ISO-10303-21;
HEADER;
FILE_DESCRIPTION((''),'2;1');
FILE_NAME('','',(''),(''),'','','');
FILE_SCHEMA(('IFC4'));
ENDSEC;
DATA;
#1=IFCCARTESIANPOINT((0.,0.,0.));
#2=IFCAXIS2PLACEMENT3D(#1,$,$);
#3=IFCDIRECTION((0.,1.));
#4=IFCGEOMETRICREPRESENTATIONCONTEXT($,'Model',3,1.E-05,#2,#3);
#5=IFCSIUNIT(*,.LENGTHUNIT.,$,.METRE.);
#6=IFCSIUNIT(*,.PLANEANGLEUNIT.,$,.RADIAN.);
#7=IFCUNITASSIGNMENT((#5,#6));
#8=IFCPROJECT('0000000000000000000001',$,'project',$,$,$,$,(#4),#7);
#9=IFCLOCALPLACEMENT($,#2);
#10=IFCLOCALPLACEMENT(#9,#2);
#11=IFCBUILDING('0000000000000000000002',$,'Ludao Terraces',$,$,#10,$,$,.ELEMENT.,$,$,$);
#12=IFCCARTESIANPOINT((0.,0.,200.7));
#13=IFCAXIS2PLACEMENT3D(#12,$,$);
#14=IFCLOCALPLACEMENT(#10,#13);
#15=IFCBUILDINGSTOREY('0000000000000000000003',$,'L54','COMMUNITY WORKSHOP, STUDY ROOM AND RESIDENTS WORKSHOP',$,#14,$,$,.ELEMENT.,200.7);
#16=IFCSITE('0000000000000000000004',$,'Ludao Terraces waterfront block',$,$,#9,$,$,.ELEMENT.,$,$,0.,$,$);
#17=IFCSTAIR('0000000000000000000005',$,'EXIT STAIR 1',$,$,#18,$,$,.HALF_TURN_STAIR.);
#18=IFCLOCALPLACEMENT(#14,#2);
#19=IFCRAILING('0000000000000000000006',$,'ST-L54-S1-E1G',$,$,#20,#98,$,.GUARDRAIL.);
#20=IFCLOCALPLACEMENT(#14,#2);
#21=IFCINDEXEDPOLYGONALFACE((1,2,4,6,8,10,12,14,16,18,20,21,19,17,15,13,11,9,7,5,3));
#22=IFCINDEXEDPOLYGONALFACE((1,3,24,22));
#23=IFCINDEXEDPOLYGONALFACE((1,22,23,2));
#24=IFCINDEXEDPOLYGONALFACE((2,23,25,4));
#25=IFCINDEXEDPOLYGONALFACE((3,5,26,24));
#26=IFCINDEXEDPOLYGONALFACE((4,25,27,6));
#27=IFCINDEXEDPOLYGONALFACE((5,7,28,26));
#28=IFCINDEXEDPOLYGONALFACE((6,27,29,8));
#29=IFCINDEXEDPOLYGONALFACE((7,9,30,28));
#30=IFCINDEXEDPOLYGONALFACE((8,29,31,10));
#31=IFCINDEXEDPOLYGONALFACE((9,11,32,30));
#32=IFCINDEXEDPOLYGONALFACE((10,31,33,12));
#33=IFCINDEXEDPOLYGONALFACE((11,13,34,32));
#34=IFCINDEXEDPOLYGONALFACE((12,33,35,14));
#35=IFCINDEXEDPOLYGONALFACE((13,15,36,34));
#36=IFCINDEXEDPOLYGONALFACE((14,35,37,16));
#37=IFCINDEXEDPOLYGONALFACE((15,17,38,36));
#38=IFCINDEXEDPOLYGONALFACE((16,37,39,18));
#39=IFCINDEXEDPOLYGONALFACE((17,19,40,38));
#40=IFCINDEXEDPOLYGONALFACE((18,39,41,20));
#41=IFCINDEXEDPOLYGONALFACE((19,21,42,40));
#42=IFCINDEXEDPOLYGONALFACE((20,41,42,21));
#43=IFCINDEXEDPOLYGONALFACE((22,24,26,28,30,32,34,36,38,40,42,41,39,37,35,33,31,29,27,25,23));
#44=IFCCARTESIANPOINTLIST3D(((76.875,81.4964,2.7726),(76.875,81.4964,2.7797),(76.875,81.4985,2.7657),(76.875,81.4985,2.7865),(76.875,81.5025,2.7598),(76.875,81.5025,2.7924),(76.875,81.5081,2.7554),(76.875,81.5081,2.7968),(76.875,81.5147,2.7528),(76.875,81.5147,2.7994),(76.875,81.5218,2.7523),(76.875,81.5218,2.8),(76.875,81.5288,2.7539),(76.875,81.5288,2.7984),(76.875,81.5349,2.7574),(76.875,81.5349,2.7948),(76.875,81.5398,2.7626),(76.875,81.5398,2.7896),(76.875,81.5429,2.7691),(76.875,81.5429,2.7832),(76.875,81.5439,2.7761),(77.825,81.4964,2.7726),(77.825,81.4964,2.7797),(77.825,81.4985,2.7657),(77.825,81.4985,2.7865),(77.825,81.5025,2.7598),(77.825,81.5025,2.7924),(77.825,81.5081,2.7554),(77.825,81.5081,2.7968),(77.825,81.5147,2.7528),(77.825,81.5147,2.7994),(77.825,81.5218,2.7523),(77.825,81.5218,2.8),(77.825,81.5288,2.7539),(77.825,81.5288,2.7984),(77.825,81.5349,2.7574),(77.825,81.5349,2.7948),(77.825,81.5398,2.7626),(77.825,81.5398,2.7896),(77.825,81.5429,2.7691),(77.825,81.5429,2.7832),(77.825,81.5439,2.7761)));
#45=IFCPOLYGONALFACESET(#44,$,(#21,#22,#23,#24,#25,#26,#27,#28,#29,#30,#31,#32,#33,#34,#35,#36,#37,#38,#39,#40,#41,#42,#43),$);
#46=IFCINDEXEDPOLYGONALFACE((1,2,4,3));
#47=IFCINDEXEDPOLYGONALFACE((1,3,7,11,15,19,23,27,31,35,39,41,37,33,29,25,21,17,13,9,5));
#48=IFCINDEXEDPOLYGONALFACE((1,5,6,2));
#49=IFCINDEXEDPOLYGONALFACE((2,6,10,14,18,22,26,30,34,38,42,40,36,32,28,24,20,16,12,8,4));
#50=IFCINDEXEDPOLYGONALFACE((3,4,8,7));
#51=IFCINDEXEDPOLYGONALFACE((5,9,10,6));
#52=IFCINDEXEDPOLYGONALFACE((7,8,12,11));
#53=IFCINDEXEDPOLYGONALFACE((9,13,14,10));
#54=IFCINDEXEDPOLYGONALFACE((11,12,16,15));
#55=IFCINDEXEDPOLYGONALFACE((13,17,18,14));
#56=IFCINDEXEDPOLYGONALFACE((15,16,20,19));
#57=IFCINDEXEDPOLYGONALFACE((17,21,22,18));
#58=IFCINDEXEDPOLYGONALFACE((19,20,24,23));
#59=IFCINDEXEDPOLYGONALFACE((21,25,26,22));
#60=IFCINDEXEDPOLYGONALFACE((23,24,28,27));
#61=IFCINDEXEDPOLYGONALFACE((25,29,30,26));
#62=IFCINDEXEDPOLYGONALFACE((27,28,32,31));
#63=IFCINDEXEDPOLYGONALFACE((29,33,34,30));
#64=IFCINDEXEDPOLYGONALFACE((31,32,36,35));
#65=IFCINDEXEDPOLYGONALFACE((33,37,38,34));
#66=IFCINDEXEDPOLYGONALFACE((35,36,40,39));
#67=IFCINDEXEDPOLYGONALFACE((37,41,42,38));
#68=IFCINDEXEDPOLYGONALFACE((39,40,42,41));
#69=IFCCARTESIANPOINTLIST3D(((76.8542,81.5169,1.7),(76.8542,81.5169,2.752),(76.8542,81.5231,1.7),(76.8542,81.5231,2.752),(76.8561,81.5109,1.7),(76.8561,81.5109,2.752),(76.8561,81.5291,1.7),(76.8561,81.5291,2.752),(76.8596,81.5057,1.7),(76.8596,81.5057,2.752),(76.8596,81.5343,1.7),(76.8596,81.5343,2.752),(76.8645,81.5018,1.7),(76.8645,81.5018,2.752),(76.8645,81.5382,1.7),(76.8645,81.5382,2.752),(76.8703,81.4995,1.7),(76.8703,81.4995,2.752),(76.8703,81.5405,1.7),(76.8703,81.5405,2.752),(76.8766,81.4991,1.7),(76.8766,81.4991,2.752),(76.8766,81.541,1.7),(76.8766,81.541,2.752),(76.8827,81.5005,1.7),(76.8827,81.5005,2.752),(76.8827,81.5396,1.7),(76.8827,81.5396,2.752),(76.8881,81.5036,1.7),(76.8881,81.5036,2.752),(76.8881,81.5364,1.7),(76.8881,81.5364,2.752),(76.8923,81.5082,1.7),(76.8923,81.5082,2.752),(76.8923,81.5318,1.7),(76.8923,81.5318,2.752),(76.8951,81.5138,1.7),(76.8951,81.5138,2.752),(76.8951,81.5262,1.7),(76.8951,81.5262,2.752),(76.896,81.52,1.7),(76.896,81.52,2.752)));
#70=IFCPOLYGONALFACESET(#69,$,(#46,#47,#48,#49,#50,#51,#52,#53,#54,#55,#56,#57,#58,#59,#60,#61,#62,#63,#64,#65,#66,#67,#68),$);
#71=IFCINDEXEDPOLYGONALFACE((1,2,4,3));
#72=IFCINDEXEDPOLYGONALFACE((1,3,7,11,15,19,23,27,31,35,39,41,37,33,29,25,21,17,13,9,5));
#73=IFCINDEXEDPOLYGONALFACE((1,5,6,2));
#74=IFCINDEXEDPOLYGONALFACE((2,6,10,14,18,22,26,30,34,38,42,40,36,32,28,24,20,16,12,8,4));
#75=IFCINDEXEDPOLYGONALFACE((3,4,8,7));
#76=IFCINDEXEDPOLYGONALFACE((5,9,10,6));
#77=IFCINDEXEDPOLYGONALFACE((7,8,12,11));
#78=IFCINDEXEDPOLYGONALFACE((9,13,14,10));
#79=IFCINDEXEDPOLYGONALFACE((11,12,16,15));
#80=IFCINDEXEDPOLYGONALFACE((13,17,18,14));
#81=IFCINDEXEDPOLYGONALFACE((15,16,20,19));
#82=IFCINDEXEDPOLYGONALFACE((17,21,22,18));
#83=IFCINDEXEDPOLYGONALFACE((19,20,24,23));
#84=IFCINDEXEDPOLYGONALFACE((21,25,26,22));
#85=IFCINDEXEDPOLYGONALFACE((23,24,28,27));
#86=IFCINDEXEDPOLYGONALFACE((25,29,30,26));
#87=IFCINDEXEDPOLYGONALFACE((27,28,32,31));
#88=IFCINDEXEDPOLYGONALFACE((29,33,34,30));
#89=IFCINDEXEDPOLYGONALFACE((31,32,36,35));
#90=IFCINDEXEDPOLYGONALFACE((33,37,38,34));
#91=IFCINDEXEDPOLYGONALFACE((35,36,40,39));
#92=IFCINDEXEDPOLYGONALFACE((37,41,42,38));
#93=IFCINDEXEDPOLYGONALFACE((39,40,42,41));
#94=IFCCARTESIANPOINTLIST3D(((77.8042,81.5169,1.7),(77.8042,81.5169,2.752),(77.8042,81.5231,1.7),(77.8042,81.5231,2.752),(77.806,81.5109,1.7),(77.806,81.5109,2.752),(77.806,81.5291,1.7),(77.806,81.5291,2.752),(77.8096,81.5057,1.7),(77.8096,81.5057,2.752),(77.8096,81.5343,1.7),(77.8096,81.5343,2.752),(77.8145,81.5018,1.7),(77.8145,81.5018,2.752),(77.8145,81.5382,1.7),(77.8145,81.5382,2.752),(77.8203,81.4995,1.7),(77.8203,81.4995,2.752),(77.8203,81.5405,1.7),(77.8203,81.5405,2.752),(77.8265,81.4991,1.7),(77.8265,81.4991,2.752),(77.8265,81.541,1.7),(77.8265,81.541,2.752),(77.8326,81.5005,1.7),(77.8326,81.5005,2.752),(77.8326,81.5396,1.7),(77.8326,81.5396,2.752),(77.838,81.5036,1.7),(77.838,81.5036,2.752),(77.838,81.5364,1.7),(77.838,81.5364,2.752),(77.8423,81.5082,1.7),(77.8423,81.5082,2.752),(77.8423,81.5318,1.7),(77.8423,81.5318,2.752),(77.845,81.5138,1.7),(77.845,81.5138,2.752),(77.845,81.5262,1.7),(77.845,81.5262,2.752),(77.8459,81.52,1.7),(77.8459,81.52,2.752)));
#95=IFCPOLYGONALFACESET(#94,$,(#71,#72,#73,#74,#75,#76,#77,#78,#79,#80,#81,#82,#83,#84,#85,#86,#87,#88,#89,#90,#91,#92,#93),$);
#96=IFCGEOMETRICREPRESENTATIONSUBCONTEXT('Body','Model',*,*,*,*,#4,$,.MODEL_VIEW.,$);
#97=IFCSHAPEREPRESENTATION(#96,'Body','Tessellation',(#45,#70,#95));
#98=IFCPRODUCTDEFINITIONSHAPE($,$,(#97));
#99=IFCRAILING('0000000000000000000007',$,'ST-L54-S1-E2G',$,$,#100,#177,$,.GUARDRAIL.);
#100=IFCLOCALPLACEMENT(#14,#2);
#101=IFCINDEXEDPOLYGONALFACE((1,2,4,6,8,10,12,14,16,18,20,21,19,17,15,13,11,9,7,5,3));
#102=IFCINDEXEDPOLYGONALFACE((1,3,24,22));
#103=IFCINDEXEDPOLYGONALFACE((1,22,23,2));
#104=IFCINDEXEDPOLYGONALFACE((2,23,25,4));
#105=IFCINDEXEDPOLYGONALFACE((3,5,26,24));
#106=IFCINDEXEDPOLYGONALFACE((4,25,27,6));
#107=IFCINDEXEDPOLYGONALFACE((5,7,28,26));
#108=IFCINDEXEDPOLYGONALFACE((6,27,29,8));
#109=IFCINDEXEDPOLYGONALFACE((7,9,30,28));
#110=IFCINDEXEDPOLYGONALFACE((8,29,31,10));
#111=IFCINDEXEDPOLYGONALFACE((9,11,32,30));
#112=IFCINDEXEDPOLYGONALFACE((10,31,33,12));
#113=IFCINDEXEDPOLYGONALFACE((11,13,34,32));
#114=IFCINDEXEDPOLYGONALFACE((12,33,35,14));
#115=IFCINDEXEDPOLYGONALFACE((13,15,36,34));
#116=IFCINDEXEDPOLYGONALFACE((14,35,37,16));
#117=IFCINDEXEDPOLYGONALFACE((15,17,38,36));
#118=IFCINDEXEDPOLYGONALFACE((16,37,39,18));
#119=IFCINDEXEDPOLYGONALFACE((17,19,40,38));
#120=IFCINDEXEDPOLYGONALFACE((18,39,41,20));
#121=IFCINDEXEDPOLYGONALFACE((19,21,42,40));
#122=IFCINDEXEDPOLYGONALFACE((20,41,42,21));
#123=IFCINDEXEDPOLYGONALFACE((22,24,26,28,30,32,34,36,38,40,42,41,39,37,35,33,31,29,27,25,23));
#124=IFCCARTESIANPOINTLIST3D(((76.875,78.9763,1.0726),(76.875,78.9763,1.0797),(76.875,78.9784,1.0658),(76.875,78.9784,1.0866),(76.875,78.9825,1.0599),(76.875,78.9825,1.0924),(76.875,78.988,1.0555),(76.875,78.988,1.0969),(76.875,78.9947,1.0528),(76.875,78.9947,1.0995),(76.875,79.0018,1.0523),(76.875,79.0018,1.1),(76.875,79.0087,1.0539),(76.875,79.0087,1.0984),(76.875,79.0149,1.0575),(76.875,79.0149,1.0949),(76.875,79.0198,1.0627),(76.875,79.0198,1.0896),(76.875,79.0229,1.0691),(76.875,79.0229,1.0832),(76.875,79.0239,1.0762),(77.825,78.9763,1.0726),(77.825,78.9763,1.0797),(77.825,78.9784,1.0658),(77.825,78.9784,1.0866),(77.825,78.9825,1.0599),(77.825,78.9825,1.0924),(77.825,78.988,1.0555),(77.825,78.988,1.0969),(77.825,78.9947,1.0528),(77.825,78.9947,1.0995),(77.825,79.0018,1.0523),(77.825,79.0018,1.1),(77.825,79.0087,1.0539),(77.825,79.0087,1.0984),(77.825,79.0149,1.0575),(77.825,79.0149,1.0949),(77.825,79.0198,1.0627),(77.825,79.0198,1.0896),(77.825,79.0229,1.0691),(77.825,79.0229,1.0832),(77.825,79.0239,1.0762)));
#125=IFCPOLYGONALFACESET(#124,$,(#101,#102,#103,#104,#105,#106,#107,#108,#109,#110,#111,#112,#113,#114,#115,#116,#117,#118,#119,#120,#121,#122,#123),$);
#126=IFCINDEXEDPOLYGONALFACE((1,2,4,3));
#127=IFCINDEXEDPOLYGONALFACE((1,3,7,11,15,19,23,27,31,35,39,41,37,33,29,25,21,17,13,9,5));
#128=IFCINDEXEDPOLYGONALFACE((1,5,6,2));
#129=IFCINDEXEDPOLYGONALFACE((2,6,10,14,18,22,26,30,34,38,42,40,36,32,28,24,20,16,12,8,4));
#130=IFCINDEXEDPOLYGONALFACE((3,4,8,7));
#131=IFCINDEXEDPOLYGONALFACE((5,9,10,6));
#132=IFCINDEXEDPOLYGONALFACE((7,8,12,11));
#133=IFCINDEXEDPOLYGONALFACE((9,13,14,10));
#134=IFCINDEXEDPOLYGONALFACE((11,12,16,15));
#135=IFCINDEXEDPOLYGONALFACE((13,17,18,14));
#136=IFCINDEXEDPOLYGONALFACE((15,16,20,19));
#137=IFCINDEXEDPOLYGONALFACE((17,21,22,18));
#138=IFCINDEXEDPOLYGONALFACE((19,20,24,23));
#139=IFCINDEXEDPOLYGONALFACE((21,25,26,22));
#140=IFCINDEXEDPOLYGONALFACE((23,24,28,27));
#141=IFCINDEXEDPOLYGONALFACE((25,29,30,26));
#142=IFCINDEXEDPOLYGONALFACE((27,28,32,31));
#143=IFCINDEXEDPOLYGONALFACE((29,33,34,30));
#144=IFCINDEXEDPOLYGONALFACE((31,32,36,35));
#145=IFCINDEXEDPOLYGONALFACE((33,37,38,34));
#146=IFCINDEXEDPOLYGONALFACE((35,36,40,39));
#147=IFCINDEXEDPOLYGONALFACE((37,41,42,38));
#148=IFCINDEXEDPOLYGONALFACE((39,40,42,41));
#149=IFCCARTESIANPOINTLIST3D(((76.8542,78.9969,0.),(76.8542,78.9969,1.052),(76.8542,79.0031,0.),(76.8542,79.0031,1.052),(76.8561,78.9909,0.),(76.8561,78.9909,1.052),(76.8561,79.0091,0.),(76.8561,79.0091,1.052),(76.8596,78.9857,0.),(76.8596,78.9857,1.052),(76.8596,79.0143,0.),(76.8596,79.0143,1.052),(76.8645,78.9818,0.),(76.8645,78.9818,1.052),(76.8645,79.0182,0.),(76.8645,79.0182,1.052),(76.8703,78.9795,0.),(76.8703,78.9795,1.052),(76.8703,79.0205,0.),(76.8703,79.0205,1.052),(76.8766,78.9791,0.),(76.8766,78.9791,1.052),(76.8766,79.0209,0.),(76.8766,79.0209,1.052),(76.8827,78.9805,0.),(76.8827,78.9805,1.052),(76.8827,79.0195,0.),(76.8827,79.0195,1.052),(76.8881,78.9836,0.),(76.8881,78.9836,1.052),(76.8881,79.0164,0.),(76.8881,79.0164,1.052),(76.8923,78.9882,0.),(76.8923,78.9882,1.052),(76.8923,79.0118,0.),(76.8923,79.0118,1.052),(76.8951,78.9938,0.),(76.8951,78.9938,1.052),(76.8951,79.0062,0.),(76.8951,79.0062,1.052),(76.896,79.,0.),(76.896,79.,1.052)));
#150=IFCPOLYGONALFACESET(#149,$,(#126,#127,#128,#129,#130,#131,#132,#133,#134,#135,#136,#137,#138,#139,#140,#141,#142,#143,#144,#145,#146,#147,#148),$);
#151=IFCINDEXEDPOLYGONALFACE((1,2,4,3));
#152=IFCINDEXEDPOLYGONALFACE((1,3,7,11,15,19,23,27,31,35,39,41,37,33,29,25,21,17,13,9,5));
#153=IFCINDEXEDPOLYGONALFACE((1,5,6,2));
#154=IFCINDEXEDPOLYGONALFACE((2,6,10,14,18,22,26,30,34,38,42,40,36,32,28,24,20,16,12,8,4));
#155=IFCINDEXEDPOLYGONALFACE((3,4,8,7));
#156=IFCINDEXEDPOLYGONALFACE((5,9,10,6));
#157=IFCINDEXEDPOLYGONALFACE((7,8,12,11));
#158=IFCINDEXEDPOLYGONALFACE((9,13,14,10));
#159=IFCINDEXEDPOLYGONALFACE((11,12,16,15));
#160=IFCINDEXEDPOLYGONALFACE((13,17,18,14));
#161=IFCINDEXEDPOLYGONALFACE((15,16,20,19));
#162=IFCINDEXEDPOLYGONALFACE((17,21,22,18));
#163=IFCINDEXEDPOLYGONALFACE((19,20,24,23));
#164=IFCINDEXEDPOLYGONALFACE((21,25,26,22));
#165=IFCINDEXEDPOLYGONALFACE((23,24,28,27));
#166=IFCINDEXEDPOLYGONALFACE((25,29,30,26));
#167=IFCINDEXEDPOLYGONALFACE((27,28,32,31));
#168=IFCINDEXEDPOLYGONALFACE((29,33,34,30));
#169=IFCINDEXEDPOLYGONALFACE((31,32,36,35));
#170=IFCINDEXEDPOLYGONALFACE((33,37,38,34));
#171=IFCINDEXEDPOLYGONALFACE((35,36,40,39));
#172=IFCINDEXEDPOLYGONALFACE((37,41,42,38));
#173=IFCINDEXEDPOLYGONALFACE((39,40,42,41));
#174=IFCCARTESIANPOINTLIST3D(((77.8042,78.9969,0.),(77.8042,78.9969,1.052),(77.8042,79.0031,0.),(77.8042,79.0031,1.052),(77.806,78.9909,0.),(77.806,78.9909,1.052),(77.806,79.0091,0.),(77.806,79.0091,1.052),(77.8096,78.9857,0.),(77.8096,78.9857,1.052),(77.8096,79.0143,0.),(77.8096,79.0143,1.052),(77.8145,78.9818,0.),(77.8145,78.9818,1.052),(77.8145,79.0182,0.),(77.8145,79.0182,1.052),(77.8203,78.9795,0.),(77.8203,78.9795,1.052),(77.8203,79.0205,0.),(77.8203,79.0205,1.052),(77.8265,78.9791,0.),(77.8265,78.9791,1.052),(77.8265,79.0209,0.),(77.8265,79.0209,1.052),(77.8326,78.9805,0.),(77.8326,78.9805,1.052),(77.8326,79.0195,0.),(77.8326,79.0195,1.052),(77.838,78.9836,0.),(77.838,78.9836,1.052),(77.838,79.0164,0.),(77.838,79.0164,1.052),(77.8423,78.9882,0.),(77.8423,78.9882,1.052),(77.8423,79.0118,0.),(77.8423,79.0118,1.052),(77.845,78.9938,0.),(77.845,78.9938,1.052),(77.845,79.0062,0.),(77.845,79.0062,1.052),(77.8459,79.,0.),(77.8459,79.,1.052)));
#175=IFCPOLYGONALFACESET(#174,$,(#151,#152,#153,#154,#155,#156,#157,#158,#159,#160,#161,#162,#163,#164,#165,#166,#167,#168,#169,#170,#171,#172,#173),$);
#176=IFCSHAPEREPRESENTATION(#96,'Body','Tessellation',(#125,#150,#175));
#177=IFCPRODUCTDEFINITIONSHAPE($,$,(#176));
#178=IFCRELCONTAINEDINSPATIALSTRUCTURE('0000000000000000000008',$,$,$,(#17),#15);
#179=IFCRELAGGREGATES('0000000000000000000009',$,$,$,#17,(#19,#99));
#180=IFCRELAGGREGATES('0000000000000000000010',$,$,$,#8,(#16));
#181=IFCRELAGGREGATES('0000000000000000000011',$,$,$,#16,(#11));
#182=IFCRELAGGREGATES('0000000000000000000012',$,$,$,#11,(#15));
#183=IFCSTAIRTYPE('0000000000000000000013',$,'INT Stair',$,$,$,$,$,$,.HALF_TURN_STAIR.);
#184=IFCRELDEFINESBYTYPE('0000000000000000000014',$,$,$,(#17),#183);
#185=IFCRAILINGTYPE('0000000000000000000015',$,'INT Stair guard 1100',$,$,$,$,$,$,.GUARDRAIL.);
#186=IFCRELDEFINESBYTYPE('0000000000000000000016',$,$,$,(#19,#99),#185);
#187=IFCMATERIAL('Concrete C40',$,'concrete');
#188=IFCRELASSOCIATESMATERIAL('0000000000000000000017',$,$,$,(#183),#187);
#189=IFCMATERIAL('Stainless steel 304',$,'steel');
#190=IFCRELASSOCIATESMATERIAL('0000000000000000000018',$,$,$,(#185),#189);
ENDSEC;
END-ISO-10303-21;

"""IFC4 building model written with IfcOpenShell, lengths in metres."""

from ifc_helpers import new_model, si_unit, direction, frame, origin, origin_2d, place, context, subcontext, project, spatial, circle, extrude, material, type_object, element, aggregate, save


model = new_model("IFC4")

# Units and contexts
model_context = context("Model", 3, precision=1e-05, world=origin(), true_north=direction((0.0, 1.0)))
body_context = subcontext(model_context, "Body", "Model", "MODEL_VIEW")
ifc_project = project(units=[si_unit("LENGTHUNIT", "METRE"), si_unit("PLANEANGLEUNIT", "RADIAN")], contexts=[model_context])

# Site, building, storey
site_placement = place(None, origin())
site = spatial("IfcSite", under=ifc_project, at=site_placement, Name="Ludao Terraces waterfront block", CompositionType="ELEMENT", RefElevation=0.0)
building_placement = place(site_placement, origin())
building = spatial("IfcBuilding", under=site, at=building_placement, Name="Ludao Terraces", CompositionType="ELEMENT")
storey_placement = place(building_placement, frame((0.0, 0.0, 200.7)))
storey = spatial("IfcBuildingStorey", under=building, at=storey_placement, Name="L54", Description="COMMUNITY WORKSHOP, STUDY ROOM AND RESIDENTS WORKSHOP", CompositionType="ELEMENT", Elevation=200.7)

# Shared definitions
ifc_material_1 = material(Name="Concrete C40", Category="concrete")

# Shared definitions
ifc_material_2 = material(Name="Stainless steel 304", Category="steel")

# Stair, railings
stair_type = type_object("IfcStairType", Name="INT Stair", PredefinedType="HALF_TURN_STAIR", material=ifc_material_1)
stair_placement = place(storey_placement, origin())
stair = element("IfcStair", 1, at=stair_placement, inside=storey, type_object=stair_type, Name="EXIT STAIR 1", PredefinedType="HALF_TURN_STAIR")
railing_type_1 = type_object("IfcRailingType", Name="INT Stair guard 1100", PredefinedType="GUARDRAIL", material=ifc_material_2)
railing_1_placement = place(storey_placement, frame((76.875, 81.52, 1.7)))
railing_1 = element("IfcRailing", 2, at=railing_1_placement, type_object=railing_type_1, Name="ST-L54-S1-E1G", PredefinedType="GUARDRAIL", context=body_context, shape_type="SweptSolid", body=[
    extrude(circle(Radius=0.0239, at=origin_2d()), frame((0.0, 0.0, 1.0762), z_axis=(1.0, 0.0, 0.0), x_axis=(0.0, 1.0, 0.0)), (0.0, 0.0, 1.0), 0.95),
    extrude(circle(Radius=0.021, at=origin_2d()), origin(), (0.0, 0.0, 1.0), 1.052),
    extrude(circle(Radius=0.021, at=origin_2d()), frame((0.95, 0.0, 0.0)), (0.0, 0.0, 1.0), 1.052),
])
railing_2_placement = place(storey_placement, frame((76.875, 79.0, 0.0)))
railing_2 = element("IfcRailing", 3, at=railing_2_placement, type_object=railing_type_1, Name="ST-L54-S1-E2G", PredefinedType="GUARDRAIL", context=body_context, shape_type="SweptSolid", body=[
    extrude(circle(Radius=0.0239, at=origin_2d()), frame((0.0, 0.0, 1.0762), z_axis=(1.0, 0.0, 0.0), x_axis=(0.0, 1.0, 0.0)), (0.0, 0.0, 1.0), 0.95),
    extrude(circle(Radius=0.021, at=origin_2d()), origin(), (0.0, 0.0, 1.0), 1.052),
    extrude(circle(Radius=0.021, at=origin_2d()), frame((0.95, 0.0, 0.0)), (0.0, 0.0, 1.0), 1.052),
])
aggregate(stair, [railing_1, railing_2])

save(model, "model.ifc")
